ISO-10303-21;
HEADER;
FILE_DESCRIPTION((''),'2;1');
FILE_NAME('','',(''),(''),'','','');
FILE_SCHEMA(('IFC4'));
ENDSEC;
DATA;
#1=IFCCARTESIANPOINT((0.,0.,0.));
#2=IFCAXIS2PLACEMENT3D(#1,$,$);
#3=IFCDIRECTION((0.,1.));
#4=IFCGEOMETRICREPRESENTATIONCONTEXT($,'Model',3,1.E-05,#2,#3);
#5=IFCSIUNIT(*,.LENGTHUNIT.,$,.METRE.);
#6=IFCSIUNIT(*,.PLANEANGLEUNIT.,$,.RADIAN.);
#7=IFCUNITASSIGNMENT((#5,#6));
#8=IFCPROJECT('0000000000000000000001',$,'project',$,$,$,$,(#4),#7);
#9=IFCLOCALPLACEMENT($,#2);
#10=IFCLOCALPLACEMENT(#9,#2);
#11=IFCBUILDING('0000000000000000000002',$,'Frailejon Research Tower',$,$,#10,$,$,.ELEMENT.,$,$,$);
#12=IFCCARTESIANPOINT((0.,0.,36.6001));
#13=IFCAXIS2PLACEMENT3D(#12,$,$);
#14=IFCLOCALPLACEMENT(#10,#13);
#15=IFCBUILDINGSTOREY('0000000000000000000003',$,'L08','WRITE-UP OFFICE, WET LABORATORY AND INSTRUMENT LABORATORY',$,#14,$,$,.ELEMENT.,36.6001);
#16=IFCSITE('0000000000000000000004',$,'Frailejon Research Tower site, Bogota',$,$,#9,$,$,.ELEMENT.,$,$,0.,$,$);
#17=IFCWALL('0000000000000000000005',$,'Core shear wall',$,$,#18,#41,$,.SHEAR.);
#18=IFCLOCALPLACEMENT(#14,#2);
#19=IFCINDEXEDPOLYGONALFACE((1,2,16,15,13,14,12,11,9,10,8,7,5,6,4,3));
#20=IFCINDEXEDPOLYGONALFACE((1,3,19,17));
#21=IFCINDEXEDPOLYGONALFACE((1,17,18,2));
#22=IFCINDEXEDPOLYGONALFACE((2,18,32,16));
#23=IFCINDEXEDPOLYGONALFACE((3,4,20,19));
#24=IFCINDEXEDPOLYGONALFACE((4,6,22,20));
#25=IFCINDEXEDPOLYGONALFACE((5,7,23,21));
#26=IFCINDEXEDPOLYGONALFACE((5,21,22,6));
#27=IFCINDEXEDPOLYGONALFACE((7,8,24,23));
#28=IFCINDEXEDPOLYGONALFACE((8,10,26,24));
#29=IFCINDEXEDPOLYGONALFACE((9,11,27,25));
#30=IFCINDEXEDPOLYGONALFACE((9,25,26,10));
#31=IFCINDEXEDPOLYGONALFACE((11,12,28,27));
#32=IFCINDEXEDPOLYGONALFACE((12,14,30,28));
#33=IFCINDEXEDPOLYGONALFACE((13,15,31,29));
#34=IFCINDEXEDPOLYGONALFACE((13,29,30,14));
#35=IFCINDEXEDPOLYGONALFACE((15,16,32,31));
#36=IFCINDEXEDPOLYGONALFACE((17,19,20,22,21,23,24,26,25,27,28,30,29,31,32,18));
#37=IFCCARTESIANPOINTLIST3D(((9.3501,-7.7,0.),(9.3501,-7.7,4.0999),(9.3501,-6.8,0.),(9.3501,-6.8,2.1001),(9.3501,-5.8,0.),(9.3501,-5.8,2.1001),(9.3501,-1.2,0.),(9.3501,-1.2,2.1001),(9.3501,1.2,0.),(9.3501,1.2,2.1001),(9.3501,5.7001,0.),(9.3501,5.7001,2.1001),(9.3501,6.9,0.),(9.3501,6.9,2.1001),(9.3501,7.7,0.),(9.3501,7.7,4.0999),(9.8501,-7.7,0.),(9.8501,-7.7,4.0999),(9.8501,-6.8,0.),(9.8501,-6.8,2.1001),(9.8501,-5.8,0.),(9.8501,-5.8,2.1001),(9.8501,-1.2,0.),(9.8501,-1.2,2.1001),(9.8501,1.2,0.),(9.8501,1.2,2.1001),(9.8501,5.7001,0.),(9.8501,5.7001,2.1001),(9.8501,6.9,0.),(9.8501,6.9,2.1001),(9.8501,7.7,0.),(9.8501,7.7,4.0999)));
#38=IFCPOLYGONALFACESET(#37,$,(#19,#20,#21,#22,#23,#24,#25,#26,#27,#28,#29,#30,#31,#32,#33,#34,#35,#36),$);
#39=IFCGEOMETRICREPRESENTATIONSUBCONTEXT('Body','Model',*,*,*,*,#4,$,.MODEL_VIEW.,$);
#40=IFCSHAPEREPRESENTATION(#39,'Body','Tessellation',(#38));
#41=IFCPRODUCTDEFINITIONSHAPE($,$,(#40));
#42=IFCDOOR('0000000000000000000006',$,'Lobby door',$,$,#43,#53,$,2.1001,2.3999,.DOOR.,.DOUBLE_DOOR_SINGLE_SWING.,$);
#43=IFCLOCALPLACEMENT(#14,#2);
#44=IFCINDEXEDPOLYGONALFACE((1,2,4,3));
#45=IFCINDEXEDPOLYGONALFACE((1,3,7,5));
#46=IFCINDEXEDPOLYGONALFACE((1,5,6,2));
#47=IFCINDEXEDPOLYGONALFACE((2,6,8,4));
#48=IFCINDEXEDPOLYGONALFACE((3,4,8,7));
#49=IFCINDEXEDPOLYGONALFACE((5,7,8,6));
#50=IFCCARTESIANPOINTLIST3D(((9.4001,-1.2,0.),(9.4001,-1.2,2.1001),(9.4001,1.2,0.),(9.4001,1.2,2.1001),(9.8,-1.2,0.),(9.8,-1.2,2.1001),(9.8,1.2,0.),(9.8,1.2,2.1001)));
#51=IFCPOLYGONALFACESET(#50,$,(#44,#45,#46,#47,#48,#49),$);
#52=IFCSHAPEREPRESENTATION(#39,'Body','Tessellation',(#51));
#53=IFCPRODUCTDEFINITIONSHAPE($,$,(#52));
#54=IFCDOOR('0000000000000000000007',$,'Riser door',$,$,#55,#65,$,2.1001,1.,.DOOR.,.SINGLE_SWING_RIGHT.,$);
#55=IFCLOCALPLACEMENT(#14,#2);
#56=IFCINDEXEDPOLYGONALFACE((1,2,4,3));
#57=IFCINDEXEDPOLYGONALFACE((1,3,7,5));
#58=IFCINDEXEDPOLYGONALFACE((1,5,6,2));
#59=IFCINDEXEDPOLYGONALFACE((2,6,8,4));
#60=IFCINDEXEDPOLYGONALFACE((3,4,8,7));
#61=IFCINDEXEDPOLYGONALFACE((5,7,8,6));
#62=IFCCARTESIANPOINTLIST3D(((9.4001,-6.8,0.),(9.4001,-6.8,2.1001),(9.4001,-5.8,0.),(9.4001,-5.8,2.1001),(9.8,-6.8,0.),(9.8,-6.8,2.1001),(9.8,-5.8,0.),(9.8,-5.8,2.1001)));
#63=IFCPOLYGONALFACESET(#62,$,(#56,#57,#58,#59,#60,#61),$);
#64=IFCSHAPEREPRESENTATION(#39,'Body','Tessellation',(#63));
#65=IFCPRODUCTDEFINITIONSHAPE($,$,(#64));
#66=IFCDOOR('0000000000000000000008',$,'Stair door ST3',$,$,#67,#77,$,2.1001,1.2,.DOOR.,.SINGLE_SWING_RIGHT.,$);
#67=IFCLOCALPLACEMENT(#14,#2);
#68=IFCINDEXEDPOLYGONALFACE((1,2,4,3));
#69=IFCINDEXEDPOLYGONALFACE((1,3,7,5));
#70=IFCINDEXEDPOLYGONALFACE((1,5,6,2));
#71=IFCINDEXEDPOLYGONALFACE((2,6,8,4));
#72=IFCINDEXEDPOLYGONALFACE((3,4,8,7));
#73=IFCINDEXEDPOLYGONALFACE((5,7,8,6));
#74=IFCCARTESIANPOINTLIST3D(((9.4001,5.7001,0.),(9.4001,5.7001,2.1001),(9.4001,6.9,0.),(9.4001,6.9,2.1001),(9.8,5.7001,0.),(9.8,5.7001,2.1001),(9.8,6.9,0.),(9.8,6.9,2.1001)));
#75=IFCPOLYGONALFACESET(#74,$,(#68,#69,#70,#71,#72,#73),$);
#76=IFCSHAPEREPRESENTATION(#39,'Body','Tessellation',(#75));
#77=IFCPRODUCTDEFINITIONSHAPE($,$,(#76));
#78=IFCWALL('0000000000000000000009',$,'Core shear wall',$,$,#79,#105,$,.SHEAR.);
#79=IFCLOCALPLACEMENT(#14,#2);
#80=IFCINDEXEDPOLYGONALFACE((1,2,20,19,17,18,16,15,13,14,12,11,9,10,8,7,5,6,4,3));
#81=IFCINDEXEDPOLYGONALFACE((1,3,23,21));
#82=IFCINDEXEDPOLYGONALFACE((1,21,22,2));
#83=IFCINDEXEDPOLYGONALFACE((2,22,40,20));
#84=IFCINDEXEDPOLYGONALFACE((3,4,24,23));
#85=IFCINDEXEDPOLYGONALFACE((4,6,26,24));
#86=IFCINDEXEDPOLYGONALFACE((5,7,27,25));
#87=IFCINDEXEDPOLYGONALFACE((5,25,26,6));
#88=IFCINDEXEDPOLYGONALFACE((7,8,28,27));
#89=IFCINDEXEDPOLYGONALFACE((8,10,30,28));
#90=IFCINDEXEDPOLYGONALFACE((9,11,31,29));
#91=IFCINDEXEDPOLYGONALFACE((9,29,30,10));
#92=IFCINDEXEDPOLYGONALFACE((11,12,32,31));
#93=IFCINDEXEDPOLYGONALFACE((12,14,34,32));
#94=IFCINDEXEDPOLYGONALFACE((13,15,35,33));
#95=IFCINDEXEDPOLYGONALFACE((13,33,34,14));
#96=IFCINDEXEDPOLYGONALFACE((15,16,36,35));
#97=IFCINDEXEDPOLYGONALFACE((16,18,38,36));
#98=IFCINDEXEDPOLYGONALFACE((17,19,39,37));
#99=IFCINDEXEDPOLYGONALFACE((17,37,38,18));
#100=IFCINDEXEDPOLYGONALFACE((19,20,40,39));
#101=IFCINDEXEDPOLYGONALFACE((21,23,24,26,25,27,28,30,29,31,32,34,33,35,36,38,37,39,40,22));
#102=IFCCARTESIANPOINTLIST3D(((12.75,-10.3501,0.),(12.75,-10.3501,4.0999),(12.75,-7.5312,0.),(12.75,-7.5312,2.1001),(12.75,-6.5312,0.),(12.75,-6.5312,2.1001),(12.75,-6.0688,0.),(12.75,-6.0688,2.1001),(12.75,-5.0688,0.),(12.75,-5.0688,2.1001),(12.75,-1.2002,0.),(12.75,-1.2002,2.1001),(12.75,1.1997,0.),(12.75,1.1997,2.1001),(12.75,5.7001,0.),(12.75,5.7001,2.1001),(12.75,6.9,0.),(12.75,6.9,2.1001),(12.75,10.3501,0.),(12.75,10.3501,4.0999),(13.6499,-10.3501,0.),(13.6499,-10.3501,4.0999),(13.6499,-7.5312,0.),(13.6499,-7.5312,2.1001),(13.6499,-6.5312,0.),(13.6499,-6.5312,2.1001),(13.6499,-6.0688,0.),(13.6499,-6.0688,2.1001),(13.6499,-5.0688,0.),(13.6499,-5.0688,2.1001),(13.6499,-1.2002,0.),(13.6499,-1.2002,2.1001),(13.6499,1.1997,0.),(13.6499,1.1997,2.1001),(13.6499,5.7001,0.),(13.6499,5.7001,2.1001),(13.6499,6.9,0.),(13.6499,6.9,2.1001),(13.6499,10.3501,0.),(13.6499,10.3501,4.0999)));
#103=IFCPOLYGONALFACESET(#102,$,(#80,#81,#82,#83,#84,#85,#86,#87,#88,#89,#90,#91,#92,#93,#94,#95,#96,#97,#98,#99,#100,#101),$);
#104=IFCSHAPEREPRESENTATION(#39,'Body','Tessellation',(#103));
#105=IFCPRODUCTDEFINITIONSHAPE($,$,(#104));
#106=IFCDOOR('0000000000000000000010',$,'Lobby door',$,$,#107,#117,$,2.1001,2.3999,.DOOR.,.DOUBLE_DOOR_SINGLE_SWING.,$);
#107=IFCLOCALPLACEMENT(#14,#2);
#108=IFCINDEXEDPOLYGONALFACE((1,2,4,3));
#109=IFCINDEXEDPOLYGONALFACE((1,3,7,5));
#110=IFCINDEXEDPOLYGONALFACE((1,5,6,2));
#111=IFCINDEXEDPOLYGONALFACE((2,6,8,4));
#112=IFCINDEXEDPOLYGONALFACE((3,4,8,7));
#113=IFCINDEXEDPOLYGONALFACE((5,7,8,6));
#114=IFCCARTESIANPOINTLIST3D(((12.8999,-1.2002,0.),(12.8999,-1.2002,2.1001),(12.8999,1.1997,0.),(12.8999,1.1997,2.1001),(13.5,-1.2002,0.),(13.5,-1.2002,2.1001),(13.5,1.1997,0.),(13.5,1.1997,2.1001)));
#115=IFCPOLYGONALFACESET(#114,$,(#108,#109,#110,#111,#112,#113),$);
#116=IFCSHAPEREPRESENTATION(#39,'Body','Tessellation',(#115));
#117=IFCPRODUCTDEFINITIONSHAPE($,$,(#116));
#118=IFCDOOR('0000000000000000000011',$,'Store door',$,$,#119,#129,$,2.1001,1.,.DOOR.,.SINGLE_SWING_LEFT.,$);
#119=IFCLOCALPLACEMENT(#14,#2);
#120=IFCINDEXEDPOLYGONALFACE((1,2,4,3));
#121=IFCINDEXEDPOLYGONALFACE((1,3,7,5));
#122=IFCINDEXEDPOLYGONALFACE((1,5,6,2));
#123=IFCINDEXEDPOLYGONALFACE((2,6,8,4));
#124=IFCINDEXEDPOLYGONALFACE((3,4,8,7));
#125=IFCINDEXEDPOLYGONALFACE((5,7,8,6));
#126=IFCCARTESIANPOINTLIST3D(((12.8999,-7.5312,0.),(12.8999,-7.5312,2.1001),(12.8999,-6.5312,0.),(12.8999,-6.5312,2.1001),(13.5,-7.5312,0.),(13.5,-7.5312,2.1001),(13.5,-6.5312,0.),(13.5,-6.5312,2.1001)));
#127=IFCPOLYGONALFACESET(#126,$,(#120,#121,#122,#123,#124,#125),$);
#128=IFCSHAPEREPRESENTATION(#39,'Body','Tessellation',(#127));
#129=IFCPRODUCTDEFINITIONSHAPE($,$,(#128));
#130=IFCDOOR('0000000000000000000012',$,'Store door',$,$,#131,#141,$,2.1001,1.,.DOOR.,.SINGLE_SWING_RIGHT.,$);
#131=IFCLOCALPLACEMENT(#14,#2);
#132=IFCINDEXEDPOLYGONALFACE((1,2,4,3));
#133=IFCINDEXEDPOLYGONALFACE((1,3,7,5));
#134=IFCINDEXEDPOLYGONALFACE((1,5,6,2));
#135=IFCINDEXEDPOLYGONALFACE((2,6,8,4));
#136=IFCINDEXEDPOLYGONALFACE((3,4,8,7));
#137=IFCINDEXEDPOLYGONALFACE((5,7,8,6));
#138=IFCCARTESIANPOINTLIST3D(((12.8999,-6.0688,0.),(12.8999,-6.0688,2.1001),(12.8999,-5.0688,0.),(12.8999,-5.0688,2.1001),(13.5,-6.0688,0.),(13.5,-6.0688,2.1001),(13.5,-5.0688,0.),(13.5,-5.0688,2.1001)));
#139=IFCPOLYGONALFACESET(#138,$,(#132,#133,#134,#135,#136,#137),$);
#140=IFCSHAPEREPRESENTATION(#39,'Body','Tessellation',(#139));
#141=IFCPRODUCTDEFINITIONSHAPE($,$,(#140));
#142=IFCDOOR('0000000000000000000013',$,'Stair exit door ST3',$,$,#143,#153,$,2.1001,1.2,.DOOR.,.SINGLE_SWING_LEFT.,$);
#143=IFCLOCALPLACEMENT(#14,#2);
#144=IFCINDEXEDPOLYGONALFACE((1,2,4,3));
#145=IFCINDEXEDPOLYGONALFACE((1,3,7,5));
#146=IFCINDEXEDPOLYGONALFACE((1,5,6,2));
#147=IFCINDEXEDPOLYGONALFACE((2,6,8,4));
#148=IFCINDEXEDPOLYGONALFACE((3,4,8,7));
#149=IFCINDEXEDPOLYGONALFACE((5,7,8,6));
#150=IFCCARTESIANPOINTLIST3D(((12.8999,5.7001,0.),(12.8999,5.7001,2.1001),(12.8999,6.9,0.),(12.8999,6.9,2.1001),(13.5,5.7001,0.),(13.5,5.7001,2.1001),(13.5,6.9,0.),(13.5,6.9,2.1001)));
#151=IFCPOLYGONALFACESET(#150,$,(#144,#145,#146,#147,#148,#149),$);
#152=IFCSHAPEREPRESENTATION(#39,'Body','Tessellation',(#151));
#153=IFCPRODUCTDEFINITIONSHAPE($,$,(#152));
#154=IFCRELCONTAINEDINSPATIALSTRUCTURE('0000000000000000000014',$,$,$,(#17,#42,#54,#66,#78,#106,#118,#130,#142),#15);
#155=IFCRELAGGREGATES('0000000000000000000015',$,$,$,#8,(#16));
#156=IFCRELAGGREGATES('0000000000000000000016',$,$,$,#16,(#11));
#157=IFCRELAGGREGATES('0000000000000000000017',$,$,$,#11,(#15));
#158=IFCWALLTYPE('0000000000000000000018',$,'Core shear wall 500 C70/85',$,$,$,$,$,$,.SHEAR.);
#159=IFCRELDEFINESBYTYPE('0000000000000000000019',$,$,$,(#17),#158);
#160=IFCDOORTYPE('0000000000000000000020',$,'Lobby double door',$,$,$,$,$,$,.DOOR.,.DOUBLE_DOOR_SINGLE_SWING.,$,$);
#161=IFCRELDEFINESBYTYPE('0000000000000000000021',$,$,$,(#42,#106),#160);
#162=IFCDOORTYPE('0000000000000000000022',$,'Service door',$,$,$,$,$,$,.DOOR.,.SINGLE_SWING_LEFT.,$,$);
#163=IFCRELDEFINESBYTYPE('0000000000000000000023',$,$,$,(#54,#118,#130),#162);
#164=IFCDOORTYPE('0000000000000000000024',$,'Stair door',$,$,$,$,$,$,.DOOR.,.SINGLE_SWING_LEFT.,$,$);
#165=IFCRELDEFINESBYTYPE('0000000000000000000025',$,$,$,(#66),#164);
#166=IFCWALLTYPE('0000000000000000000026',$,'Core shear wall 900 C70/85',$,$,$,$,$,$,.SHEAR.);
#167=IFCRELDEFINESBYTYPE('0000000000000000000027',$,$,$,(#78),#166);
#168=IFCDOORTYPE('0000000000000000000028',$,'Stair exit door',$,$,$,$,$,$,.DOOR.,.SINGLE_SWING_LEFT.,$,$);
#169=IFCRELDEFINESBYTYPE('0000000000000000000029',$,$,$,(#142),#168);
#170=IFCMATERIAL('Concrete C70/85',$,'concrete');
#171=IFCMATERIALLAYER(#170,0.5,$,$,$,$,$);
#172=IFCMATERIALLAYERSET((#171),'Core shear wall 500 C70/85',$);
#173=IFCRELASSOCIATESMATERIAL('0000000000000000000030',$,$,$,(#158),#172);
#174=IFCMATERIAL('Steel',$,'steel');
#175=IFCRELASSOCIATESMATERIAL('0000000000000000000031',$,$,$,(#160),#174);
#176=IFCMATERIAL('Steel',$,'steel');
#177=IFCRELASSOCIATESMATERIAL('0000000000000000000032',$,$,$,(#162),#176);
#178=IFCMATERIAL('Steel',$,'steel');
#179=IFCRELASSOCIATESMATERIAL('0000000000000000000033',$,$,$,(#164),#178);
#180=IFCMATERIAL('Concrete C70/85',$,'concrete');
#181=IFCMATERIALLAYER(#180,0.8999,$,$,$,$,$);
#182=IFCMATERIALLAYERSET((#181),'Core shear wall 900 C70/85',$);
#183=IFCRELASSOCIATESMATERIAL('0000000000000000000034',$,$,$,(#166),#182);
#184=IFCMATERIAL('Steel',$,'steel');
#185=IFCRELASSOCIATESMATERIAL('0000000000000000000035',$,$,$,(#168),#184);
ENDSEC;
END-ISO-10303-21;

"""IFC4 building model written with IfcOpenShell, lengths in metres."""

from ifc_helpers import new_model, si_unit, direction, frame, frame_2d, origin, place, context, subcontext, project, spatial, rectangle, extrude, material, layer, layer_set, type_object, element, fill, save


model = new_model("IFC4")

# Units and contexts
model_context = context("Model", 3, precision=1e-05, world=origin(), true_north=direction((0.0, 1.0)))
body_context = subcontext(model_context, "Body", "Model", "MODEL_VIEW")
ifc_project = project(units=[si_unit("LENGTHUNIT", "METRE"), si_unit("PLANEANGLEUNIT", "RADIAN")], contexts=[model_context])

# Site, building, storey
site_placement = place(None, origin())
site = spatial("IfcSite", under=ifc_project, at=site_placement, Name="Frailejon Research Tower site, Bogota", CompositionType="ELEMENT", RefElevation=0.0)
building_placement = place(site_placement, origin())
building = spatial("IfcBuilding", under=site, at=building_placement, Name="Frailejon Research Tower", CompositionType="ELEMENT")
storey_placement = place(building_placement, frame((0.0, 0.0, 36.6001)))
storey = spatial("IfcBuildingStorey", under=building, at=storey_placement, Name="L08", Description="WRITE-UP OFFICE, WET LABORATORY AND INSTRUMENT LABORATORY", CompositionType="ELEMENT", Elevation=36.6001)

# Walls, openings, doors
ifc_material_1 = material(Name="Concrete C70/85", Category="concrete")
ifc_layer_1 = layer(ifc_material_1, 0.5)
ifc_layer_set_1 = layer_set([ifc_layer_1], Name="Core shear wall 500 C70/85")
wall_type_1 = type_object("IfcWallType", Name="Core shear wall 500 C70/85", PredefinedType="SHEAR", material=ifc_layer_set_1)
wall_1_placement = place(storey_placement, frame((9.6001, -7.7, 0.0), z_axis=(0.0, 0.0, 1.0), x_axis=(0.0, 1.0, 0.0)))
wall_1 = element("IfcWall", 1, at=wall_1_placement, inside=storey, type_object=wall_type_1, Name="Core shear wall", PredefinedType="SHEAR", context=body_context, shape_type="SweptSolid", body=[
    extrude(rectangle(XDim=15.3999, YDim=0.5, at=frame_2d((7.7, 0.0))), origin(), (0.0, 0.0, 1.0), 4.0999),
])
opening_1_placement = place(wall_1_placement, frame((6.5, 0.0, 0.0)))
opening_1 = element("IfcOpeningElement", 2, at=opening_1_placement, cuts=wall_1, PredefinedType="OPENING", context=body_context, shape_type="SweptSolid", body=[
    extrude(rectangle(XDim=2.3999, YDim=2.1001, at=frame_2d((1.2, 1.05))), frame((0.0, 0.26, 0.0), z_axis=(0.0, -1.0, 0.0), x_axis=(1.0, 0.0, 0.0)), (0.0, 0.0, 1.0), 0.52),
])
opening_2_placement = place(wall_1_placement, frame((13.3999, 0.0, 0.0)))
opening_2 = element("IfcOpeningElement", 3, at=opening_2_placement, cuts=wall_1, PredefinedType="OPENING", context=body_context, shape_type="SweptSolid", body=[
    extrude(rectangle(XDim=1.2, YDim=2.1001, at=frame_2d((0.6001, 1.05))), frame((0.0, 0.26, 0.0), z_axis=(0.0, -1.0, 0.0), x_axis=(1.0, 0.0, 0.0)), (0.0, 0.0, 1.0), 0.52),
])
opening_3_placement = place(wall_1_placement, frame((0.8999, 0.0, 0.0)))
opening_3 = element("IfcOpeningElement", 4, at=opening_3_placement, cuts=wall_1, PredefinedType="OPENING", context=body_context, shape_type="SweptSolid", body=[
    extrude(rectangle(XDim=1.0, YDim=2.1001, at=frame_2d((0.5, 1.05))), frame((0.0, 0.26, 0.0), z_axis=(0.0, -1.0, 0.0), x_axis=(1.0, 0.0, 0.0)), (0.0, 0.0, 1.0), 0.52),
])
ifc_material_2 = material(Name="Steel", Category="steel")
door_type_1 = type_object("IfcDoorType", Name="Lobby double door", OperationType="DOUBLE_DOOR_SINGLE_SWING", PredefinedType="DOOR", material=ifc_material_2)
door_1_placement = place(opening_1_placement, origin())
door_1 = element("IfcDoor", 5, at=door_1_placement, inside=storey, type_object=door_type_1, Name="Lobby door", OperationType="DOUBLE_DOOR_SINGLE_SWING", OverallHeight=2.1001, OverallWidth=2.3999, PredefinedType="DOOR", context=body_context, shape_type="SweptSolid", body=[
    extrude(rectangle(XDim=2.3999, YDim=2.1001, at=frame_2d((1.2, 1.05))), frame((0.0, 0.2, 0.0), z_axis=(0.0, -1.0, 0.0), x_axis=(1.0, 0.0, 0.0)), (0.0, 0.0, 1.0), 0.3999),
])
fill(opening_1, door_1)
ifc_material_3 = material(Name="Steel", Category="steel")
door_type_2 = type_object("IfcDoorType", Name="Service door", OperationType="SINGLE_SWING_LEFT", PredefinedType="DOOR", material=ifc_material_3)
door_2_placement = place(opening_3_placement, origin())
door_2 = element("IfcDoor", 6, at=door_2_placement, inside=storey, type_object=door_type_2, Name="Riser door", OperationType="SINGLE_SWING_RIGHT", OverallHeight=2.1001, OverallWidth=1.0, PredefinedType="DOOR", context=body_context, shape_type="SweptSolid", body=[
    extrude(rectangle(XDim=1.0, YDim=2.1001, at=frame_2d((0.5, 1.05))), frame((0.0, 0.2, 0.0), z_axis=(0.0, -1.0, 0.0), x_axis=(1.0, 0.0, 0.0)), (0.0, 0.0, 1.0), 0.3999),
])
fill(opening_3, door_2)
ifc_material_4 = material(Name="Steel", Category="steel")
door_type_3 = type_object("IfcDoorType", Name="Stair door", OperationType="SINGLE_SWING_LEFT", PredefinedType="DOOR", material=ifc_material_4)
door_3_placement = place(opening_2_placement, origin())
door_3 = element("IfcDoor", 7, at=door_3_placement, inside=storey, type_object=door_type_3, Name="Stair door ST3", OperationType="SINGLE_SWING_RIGHT", OverallHeight=2.1001, OverallWidth=1.2, PredefinedType="DOOR", context=body_context, shape_type="SweptSolid", body=[
    extrude(rectangle(XDim=1.2, YDim=2.1001, at=frame_2d((0.6001, 1.05))), frame((0.0, 0.2, 0.0), z_axis=(0.0, -1.0, 0.0), x_axis=(1.0, 0.0, 0.0)), (0.0, 0.0, 1.0), 0.3999),
])
fill(opening_2, door_3)
ifc_material_5 = material(Name="Concrete C70/85", Category="concrete")
ifc_layer_2 = layer(ifc_material_5, 0.8999)
ifc_layer_set_2 = layer_set([ifc_layer_2], Name="Core shear wall 900 C70/85")
wall_type_2 = type_object("IfcWallType", Name="Core shear wall 900 C70/85", PredefinedType="SHEAR", material=ifc_layer_set_2)
wall_2_placement = place(storey_placement, frame((13.2, -10.3501, 0.0), z_axis=(0.0, 0.0, 1.0), x_axis=(0.0, 1.0, 0.0)))
wall_2 = element("IfcWall", 8, at=wall_2_placement, inside=storey, type_object=wall_type_2, Name="Core shear wall", PredefinedType="SHEAR", context=body_context, shape_type="SweptSolid", body=[
    extrude(rectangle(XDim=20.7002, YDim=0.8999, at=frame_2d((10.3501, 0.0))), origin(), (0.0, 0.0, 1.0), 4.0999),
])
opening_4_placement = place(wall_2_placement, frame((9.1499, 0.0, 0.0)))
opening_4 = element("IfcOpeningElement", 9, at=opening_4_placement, cuts=wall_2, PredefinedType="OPENING", context=body_context, shape_type="SweptSolid", body=[
    extrude(rectangle(XDim=2.3999, YDim=2.1001, at=frame_2d((1.2, 1.05))), frame((0.0, 0.46, 0.0), z_axis=(0.0, -1.0, 0.0), x_axis=(1.0, 0.0, 0.0)), (0.0, 0.0, 1.0), 0.9199),
])
opening_5_placement = place(wall_2_placement, frame((16.05, 0.0, 0.0)))
opening_5 = element("IfcOpeningElement", 10, at=opening_5_placement, cuts=wall_2, PredefinedType="OPENING", context=body_context, shape_type="SweptSolid", body=[
    extrude(rectangle(XDim=1.2, YDim=2.1001, at=frame_2d((0.6001, 1.05))), frame((0.0, 0.46, 0.0), z_axis=(0.0, -1.0, 0.0), x_axis=(1.0, 0.0, 0.0)), (0.0, 0.0, 1.0), 0.9199),
])
opening_6_placement = place(wall_2_placement, frame((2.8188, 0.0, 0.0)))
opening_6 = element("IfcOpeningElement", 11, at=opening_6_placement, cuts=wall_2, PredefinedType="OPENING", context=body_context, shape_type="SweptSolid", body=[
    extrude(rectangle(XDim=1.0, YDim=2.1001, at=frame_2d((0.5, 1.05))), frame((0.0, 0.46, 0.0), z_axis=(0.0, -1.0, 0.0), x_axis=(1.0, 0.0, 0.0)), (0.0, 0.0, 1.0), 0.9199),
])
opening_7_placement = place(wall_2_placement, frame((4.2812, 0.0, 0.0)))
opening_7 = element("IfcOpeningElement", 12, at=opening_7_placement, cuts=wall_2, PredefinedType="OPENING", context=body_context, shape_type="SweptSolid", body=[
    extrude(rectangle(XDim=1.0, YDim=2.1001, at=frame_2d((0.5, 1.05))), frame((0.0, 0.46, 0.0), z_axis=(0.0, -1.0, 0.0), x_axis=(1.0, 0.0, 0.0)), (0.0, 0.0, 1.0), 0.9199),
])
door_4_placement = place(opening_4_placement, origin())
door_4 = element("IfcDoor", 13, at=door_4_placement, inside=storey, type_object=door_type_1, Name="Lobby door", OperationType="DOUBLE_DOOR_SINGLE_SWING", OverallHeight=2.1001, OverallWidth=2.3999, PredefinedType="DOOR", context=body_context, shape_type="SweptSolid", body=[
    extrude(rectangle(XDim=2.3999, YDim=2.1001, at=frame_2d((1.2, 1.05))), frame((0.0, 0.3, 0.0), z_axis=(0.0, -1.0, 0.0), x_axis=(1.0, 0.0, 0.0)), (0.0, 0.0, 1.0), 0.6001),
])
fill(opening_4, door_4)
door_5_placement = place(opening_6_placement, origin())
door_5 = element("IfcDoor", 14, at=door_5_placement, inside=storey, type_object=door_type_2, Name="Store door", OperationType="SINGLE_SWING_LEFT", OverallHeight=2.1001, OverallWidth=1.0, PredefinedType="DOOR", context=body_context, shape_type="SweptSolid", body=[
    extrude(rectangle(XDim=1.0, YDim=2.1001, at=frame_2d((0.5, 1.05))), frame((0.0, 0.3, 0.0), z_axis=(0.0, -1.0, 0.0), x_axis=(1.0, 0.0, 0.0)), (0.0, 0.0, 1.0), 0.6001),
])
fill(opening_6, door_5)
door_6_placement = place(opening_7_placement, origin())
door_6 = element("IfcDoor", 15, at=door_6_placement, inside=storey, type_object=door_type_2, Name="Store door", OperationType="SINGLE_SWING_RIGHT", OverallHeight=2.1001, OverallWidth=1.0, PredefinedType="DOOR", context=body_context, shape_type="SweptSolid", body=[
    extrude(rectangle(XDim=1.0, YDim=2.1001, at=frame_2d((0.5, 1.05))), frame((0.0, 0.3, 0.0), z_axis=(0.0, -1.0, 0.0), x_axis=(1.0, 0.0, 0.0)), (0.0, 0.0, 1.0), 0.6001),
])
fill(opening_7, door_6)
ifc_material_6 = material(Name="Steel", Category="steel")
door_type_4 = type_object("IfcDoorType", Name="Stair exit door", OperationType="SINGLE_SWING_LEFT", PredefinedType="DOOR", material=ifc_material_6)
door_7_placement = place(opening_5_placement, origin())
door_7 = element("IfcDoor", 16, at=door_7_placement, inside=storey, type_object=door_type_4, Name="Stair exit door ST3", OperationType="SINGLE_SWING_LEFT", OverallHeight=2.1001, OverallWidth=1.2, PredefinedType="DOOR", context=body_context, shape_type="SweptSolid", body=[
    extrude(rectangle(XDim=1.2, YDim=2.1001, at=frame_2d((0.6001, 1.05))), frame((0.0, 0.3, 0.0), z_axis=(0.0, -1.0, 0.0), x_axis=(1.0, 0.0, 0.0)), (0.0, 0.0, 1.0), 0.6001),
])
fill(opening_5, door_7)

save(model, "model.ifc")
